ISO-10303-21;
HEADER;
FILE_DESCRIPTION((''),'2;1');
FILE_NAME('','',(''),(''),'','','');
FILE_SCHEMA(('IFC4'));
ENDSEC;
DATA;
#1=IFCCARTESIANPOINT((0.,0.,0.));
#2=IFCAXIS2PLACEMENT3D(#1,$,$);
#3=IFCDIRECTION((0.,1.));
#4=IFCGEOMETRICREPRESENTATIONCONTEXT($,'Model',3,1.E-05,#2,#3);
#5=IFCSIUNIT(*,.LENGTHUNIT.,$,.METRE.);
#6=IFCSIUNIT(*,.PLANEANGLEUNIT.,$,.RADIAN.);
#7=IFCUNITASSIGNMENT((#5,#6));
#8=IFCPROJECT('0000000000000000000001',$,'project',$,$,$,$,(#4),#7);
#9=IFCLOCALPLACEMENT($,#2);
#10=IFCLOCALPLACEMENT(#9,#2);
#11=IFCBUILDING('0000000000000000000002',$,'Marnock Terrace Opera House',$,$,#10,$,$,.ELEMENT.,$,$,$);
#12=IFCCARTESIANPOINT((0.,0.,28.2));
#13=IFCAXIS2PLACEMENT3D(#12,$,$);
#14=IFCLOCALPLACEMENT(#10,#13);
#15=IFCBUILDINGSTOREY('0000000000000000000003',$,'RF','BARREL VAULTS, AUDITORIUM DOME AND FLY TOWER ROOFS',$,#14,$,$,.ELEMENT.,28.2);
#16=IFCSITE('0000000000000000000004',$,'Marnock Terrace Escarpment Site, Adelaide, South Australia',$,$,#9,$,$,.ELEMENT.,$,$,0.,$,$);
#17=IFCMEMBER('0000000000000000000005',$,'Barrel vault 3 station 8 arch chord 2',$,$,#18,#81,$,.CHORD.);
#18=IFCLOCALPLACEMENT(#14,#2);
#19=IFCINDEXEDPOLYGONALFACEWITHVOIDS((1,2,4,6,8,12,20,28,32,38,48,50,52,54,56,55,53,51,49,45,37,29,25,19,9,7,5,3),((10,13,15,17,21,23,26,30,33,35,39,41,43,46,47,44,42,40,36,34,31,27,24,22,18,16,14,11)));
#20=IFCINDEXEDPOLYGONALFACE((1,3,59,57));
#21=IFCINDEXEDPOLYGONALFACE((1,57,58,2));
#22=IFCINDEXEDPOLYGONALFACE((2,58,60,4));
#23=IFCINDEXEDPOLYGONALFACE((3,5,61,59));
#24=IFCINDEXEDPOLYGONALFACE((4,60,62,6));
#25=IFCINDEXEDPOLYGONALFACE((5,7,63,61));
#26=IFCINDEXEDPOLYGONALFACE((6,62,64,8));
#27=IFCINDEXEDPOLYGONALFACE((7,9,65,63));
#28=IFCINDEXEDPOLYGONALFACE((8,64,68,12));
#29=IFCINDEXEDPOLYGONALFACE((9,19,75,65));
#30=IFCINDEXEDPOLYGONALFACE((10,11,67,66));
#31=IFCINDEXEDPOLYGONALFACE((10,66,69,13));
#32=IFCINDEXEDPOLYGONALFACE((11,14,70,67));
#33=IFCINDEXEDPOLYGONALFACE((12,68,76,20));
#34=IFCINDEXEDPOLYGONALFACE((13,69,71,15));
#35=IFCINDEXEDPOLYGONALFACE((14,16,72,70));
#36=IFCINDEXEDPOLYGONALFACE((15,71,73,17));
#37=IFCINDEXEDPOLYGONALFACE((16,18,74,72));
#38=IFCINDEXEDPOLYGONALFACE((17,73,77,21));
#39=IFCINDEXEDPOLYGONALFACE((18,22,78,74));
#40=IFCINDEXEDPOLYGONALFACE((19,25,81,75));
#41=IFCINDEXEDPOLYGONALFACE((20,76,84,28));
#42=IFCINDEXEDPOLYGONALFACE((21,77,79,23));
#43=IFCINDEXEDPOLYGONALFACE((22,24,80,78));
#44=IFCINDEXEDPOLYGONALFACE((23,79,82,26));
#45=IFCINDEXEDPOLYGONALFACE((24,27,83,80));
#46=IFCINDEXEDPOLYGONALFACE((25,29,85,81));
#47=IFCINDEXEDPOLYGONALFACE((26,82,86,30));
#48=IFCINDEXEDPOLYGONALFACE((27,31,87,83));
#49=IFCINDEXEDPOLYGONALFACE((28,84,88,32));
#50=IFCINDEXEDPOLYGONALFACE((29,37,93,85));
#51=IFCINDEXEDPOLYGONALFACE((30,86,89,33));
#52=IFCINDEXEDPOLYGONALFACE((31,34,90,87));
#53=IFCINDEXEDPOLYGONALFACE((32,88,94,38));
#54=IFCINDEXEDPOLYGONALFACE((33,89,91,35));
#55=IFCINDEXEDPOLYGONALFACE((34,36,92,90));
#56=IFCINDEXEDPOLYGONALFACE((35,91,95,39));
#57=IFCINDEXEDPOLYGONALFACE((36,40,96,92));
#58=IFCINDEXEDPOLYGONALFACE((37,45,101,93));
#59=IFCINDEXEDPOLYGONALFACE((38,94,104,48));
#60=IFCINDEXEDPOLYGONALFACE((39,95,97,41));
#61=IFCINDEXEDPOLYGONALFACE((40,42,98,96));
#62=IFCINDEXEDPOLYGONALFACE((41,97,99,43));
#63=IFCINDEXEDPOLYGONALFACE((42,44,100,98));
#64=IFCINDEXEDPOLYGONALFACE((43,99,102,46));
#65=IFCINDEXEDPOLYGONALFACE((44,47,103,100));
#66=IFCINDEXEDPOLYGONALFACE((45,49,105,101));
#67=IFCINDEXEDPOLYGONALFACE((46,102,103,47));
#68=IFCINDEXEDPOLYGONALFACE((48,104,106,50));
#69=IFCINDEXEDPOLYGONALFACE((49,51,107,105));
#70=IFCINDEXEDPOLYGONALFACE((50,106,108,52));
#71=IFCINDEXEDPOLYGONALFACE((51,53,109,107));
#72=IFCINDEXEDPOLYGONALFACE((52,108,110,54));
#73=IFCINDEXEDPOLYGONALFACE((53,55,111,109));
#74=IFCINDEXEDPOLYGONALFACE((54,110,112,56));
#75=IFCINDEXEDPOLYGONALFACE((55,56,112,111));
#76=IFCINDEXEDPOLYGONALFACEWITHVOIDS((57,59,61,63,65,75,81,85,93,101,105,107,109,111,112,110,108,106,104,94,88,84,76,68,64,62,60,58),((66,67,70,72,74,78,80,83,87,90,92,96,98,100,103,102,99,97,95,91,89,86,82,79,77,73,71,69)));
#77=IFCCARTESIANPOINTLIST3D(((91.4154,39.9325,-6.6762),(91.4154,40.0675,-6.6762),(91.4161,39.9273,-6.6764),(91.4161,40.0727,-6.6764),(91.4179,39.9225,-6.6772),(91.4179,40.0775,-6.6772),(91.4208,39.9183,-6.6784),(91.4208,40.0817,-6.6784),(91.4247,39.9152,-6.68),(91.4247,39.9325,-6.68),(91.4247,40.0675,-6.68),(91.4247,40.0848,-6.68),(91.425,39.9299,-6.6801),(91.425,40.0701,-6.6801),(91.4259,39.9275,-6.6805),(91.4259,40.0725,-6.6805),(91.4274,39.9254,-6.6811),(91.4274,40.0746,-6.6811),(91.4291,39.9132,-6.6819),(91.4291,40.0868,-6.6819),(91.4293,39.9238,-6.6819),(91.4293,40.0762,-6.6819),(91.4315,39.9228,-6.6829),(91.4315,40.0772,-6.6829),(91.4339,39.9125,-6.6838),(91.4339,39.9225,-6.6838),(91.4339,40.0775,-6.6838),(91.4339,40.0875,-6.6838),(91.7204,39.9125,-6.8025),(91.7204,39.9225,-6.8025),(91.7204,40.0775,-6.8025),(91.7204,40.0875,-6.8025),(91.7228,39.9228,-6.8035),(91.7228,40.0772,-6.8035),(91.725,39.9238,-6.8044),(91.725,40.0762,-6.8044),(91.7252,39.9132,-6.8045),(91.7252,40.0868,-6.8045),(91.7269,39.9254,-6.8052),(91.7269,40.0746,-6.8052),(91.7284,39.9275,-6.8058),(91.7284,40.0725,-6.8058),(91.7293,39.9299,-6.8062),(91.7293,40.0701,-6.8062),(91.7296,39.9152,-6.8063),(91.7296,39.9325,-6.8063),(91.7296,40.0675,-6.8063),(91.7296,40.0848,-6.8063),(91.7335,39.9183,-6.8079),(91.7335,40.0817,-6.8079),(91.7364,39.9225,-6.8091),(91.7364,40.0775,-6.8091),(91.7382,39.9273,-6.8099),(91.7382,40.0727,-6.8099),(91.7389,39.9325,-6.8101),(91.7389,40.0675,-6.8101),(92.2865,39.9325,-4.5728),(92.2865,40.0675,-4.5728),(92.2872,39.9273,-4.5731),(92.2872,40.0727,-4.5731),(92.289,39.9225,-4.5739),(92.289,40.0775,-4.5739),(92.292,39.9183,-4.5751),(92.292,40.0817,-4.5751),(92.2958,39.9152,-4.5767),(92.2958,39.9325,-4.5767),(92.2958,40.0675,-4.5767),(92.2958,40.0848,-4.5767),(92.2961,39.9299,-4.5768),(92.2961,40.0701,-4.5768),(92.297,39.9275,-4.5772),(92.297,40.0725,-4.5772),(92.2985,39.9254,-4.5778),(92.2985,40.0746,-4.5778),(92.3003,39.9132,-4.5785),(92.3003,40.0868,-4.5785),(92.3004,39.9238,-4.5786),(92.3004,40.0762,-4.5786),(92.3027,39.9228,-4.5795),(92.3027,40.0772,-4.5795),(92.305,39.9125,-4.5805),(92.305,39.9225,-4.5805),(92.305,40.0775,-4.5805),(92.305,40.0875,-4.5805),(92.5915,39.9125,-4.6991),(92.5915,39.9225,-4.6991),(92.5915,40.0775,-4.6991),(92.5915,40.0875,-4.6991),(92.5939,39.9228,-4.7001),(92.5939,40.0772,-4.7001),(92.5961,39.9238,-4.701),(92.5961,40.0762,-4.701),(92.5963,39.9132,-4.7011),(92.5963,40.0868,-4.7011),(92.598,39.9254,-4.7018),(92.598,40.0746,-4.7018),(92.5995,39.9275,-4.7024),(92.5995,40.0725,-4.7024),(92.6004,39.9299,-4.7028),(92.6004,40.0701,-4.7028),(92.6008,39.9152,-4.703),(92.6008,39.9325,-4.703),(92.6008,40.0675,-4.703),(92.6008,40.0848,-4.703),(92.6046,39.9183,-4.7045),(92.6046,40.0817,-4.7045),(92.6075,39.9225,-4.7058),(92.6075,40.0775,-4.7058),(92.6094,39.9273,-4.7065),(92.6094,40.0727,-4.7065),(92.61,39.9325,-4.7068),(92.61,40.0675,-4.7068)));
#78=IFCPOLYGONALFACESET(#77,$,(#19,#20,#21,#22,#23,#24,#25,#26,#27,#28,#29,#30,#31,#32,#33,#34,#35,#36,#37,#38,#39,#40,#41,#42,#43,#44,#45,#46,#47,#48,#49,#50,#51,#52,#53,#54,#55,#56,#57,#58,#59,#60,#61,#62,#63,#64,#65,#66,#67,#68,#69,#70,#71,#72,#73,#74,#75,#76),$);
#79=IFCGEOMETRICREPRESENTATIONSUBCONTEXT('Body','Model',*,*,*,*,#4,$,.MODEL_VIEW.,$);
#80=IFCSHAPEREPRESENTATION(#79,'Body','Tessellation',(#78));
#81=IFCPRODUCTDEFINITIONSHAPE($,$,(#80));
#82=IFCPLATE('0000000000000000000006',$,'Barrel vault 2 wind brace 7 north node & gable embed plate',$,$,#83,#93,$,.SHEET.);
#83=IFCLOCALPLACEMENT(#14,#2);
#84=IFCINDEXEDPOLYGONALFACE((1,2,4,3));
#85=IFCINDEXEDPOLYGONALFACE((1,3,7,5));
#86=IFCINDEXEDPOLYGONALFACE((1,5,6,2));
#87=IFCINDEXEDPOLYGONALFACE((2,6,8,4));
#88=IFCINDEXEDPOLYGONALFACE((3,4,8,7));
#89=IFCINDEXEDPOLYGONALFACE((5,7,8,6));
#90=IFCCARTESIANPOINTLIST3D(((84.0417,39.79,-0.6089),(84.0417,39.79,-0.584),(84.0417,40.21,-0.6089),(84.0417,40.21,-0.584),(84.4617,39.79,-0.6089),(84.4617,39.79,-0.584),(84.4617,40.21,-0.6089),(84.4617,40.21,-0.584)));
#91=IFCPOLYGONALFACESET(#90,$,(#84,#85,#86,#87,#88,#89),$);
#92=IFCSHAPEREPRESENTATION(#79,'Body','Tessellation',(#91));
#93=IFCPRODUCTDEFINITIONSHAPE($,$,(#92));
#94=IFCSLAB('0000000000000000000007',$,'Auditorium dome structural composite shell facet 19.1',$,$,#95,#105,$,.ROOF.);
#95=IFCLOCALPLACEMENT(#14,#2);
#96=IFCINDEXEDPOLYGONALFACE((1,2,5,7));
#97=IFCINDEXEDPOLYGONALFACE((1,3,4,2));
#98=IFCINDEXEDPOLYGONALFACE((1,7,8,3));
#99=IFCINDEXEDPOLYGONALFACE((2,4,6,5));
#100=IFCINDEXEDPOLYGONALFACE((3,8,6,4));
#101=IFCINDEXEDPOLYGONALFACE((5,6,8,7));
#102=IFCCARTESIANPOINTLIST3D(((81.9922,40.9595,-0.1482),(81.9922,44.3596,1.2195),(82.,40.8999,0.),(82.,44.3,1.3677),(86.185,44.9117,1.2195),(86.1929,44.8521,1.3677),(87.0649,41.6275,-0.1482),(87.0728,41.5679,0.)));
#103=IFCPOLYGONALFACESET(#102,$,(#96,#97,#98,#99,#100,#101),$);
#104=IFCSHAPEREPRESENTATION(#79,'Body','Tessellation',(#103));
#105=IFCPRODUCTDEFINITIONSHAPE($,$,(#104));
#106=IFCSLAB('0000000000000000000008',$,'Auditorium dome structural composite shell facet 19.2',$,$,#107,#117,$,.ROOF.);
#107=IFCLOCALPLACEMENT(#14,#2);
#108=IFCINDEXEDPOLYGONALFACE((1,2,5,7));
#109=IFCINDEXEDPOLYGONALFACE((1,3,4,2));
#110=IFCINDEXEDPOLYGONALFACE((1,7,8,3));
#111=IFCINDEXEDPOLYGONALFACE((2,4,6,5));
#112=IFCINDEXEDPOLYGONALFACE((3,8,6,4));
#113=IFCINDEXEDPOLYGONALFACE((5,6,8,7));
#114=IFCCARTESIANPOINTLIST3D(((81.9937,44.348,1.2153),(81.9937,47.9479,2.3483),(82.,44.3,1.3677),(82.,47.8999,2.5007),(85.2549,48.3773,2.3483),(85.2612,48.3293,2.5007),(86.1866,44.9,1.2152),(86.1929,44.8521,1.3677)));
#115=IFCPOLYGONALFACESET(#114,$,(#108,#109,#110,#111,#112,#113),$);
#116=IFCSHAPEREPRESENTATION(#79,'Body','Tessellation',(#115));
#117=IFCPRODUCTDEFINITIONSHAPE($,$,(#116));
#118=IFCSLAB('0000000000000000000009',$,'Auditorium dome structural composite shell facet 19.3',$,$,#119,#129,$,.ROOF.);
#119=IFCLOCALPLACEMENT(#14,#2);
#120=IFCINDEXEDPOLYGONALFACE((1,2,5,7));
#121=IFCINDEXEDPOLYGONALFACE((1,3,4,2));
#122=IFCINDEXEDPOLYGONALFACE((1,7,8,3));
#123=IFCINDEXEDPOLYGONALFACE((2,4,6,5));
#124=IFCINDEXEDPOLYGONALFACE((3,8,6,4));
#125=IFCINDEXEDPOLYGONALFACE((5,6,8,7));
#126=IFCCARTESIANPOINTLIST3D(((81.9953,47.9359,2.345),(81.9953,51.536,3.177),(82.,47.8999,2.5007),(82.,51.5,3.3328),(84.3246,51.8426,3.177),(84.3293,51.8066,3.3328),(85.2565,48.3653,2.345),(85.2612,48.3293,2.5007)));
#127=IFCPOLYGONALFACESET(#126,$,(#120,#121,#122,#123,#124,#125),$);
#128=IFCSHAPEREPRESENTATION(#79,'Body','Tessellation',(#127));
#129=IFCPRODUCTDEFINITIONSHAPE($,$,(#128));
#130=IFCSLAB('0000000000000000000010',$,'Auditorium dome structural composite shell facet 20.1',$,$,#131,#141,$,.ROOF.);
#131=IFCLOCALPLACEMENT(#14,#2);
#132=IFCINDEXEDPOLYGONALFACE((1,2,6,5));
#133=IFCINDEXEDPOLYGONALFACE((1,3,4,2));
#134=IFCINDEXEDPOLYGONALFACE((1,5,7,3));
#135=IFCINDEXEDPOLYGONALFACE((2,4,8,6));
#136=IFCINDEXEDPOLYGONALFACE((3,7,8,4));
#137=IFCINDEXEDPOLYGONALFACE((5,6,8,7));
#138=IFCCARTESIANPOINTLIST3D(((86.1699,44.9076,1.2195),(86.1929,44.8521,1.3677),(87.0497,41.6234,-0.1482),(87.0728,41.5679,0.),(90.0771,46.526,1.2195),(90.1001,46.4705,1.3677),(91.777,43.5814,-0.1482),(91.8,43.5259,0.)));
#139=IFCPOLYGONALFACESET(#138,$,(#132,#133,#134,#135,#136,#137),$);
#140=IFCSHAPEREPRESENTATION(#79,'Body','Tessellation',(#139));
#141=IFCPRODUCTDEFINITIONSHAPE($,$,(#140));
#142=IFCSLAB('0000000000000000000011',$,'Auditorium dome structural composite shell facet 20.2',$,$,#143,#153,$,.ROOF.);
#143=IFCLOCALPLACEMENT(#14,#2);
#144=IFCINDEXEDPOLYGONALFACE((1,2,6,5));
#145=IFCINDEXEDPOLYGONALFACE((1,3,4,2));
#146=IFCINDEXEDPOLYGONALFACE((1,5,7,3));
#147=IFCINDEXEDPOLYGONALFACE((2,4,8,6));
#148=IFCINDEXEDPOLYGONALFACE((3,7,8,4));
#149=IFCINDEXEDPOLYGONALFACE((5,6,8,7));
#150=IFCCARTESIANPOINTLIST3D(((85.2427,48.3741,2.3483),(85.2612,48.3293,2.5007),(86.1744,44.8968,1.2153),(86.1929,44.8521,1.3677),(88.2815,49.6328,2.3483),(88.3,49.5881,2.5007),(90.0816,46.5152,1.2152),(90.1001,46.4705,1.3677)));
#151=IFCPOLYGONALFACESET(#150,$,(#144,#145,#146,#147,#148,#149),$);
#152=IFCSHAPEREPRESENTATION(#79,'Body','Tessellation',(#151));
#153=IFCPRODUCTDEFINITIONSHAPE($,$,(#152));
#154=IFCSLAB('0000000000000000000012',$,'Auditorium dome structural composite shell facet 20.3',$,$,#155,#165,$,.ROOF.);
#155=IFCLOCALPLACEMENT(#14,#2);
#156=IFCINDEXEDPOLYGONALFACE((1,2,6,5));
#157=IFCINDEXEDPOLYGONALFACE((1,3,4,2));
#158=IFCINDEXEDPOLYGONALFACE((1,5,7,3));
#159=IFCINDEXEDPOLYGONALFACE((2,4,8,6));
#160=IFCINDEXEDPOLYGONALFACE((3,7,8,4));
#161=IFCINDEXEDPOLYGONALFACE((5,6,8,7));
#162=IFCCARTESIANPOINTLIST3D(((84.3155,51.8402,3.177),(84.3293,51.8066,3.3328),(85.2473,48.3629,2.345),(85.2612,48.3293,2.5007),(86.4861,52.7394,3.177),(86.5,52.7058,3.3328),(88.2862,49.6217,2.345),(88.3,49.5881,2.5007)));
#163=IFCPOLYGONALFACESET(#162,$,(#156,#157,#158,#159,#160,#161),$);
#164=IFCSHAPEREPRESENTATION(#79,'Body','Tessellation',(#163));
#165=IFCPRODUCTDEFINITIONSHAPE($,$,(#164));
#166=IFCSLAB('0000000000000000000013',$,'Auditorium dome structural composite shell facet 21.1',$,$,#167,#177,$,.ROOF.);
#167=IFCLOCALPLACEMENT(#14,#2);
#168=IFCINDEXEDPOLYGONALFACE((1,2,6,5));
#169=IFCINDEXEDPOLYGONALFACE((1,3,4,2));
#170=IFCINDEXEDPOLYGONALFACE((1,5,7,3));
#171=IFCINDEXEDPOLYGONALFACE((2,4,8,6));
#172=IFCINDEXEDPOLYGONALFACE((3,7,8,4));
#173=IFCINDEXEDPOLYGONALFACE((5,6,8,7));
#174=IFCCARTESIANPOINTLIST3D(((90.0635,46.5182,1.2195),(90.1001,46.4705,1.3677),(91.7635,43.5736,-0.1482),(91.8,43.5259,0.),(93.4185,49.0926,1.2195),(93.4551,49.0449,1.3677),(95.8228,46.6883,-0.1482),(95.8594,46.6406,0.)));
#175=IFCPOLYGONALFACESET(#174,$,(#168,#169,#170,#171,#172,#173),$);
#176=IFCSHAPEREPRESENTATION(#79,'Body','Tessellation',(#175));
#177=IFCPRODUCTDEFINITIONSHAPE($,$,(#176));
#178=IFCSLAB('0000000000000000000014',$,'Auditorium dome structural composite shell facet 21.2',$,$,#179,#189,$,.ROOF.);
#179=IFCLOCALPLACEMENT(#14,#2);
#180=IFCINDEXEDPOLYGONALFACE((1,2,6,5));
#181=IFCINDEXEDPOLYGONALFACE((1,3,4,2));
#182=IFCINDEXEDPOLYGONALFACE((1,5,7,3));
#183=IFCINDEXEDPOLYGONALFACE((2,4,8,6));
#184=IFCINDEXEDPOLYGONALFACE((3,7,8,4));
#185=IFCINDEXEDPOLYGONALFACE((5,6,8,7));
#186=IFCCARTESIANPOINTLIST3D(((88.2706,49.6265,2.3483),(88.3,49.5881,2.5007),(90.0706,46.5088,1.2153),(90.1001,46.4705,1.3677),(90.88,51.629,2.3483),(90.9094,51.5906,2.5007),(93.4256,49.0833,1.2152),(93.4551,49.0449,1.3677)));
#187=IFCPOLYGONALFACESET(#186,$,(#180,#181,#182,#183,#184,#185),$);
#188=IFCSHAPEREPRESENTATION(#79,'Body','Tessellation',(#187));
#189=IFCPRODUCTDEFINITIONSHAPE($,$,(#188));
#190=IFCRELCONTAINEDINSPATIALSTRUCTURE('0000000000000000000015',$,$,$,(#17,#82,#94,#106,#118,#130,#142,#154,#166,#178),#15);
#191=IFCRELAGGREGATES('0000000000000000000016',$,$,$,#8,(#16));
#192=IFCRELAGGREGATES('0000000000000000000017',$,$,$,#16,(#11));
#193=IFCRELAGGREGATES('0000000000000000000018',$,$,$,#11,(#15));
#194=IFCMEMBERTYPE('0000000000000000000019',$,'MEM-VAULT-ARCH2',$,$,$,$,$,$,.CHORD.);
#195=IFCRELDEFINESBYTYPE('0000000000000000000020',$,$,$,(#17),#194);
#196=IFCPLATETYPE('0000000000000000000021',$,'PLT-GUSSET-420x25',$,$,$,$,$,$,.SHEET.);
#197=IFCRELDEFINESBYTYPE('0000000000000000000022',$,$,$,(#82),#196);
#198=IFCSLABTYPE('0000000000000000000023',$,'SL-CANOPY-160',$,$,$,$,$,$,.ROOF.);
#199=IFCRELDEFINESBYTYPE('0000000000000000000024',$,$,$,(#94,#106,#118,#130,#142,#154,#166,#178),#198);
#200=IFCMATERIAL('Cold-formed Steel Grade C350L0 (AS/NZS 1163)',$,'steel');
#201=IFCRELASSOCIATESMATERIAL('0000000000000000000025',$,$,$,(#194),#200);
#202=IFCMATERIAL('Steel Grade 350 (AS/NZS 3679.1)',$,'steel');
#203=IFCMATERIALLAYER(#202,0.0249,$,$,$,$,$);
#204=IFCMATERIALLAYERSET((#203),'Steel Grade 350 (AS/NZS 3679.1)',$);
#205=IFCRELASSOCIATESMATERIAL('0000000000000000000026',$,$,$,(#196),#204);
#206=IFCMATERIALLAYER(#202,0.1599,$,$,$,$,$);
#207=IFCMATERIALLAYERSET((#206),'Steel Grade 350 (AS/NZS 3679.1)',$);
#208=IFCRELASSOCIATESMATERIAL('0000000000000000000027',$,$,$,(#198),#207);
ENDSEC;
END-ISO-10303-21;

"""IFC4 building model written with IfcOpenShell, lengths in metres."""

from ifc_helpers import new_model, si_unit, direction, frame, origin, origin_2d, place, context, subcontext, project, spatial, polyline, rectangle, hollow_rectangle, outline, extrude, material, layer, layer_set, material_profile, profile_set, type_object, element, save


model = new_model("IFC4")

# Units and contexts
model_context = context("Model", 3, precision=1e-05, world=origin(), true_north=direction((0.0, 1.0)))
body_context = subcontext(model_context, "Body", "Model", "MODEL_VIEW")
ifc_project = project(units=[si_unit("LENGTHUNIT", "METRE"), si_unit("PLANEANGLEUNIT", "RADIAN")], contexts=[model_context])

# Site, building, storey
site_placement = place(None, origin())
site = spatial("IfcSite", under=ifc_project, at=site_placement, Name="Marnock Terrace Escarpment Site, Adelaide, South Australia", CompositionType="ELEMENT", RefElevation=0.0)
building_placement = place(site_placement, origin())
building = spatial("IfcBuilding", under=site, at=building_placement, Name="Marnock Terrace Opera House", CompositionType="ELEMENT")
storey_placement = place(building_placement, frame((0.0, 0.0, 28.2)))
storey = spatial("IfcBuildingStorey", under=building, at=storey_placement, Name="RF", Description="BARREL VAULTS, AUDITORIUM DOME AND FLY TOWER ROOFS", CompositionType="ELEMENT", Elevation=28.2)

# Shared definitions
ifc_material_1 = material(Name="Steel Grade 350 (AS/NZS 3679.1)", Category="steel")

# Member
ifc_material_2 = material(Name="Cold-formed Steel Grade C350L0 (AS/NZS 1163)", Category="steel")
ifc_material_profile_1 = material_profile(ifc_material_2, hollow_rectangle(XDim=0.175, YDim=0.3501, WallThickness=0.01, InnerFilletRadius=0.01, OuterFilletRadius=0.02, at=origin_2d()))
ifc_profile_set_1 = profile_set([ifc_material_profile_1], Name="Cold-formed Steel Grade C350L0 (AS/NZS 1163)")
member_type_1 = type_object("IfcMemberType", Name="MEM-VAULT-ARCH2", PredefinedType="CHORD", material=ifc_profile_set_1)
member_1_placement = place(storey_placement, frame((91.5771, 40.0, -6.7432), z_axis=(0.382642, 0.0, 0.923897), x_axis=(0.0, 1.0, 0.0)))
element("IfcMember", 1, at=member_1_placement, inside=storey, type_object=member_type_1, Name="Barrel vault 3 station 8 arch chord 2", PredefinedType="CHORD", context=body_context, shape_type="SweptSolid", body=[
    extrude(hollow_rectangle(XDim=0.175, YDim=0.3501, WallThickness=0.01, InnerFilletRadius=0.01, OuterFilletRadius=0.02, at=origin_2d()), origin(), (0.0, 0.0, 1.0), 2.2766),
])

# Plate
ifc_layer_1 = layer(ifc_material_1, 0.0249)
ifc_layer_set_1 = layer_set([ifc_layer_1], Name="Steel Grade 350 (AS/NZS 3679.1)")
plate_type = type_object("IfcPlateType", Name="PLT-GUSSET-420x25", PredefinedType="SHEET", material=ifc_layer_set_1)
plate_placement = place(storey_placement, frame((84.2517, 40.0, -0.6089), z_axis=(0.0, 0.0, 1.0), x_axis=(1.0, 0.0, 0.0)))
element("IfcPlate", 2, at=plate_placement, inside=storey, type_object=plate_type, Name="Barrel vault 2 wind brace 7 north node & gable embed plate", PredefinedType="SHEET", context=body_context, shape_type="SweptSolid", body=[
    extrude(rectangle(XDim=0.4199, YDim=0.4199, at=origin_2d()), origin(), (0.0, 0.0, 1.0), 0.0249),
])

# Slabs
ifc_layer_2 = layer(ifc_material_1, 0.1599)
ifc_layer_set_2 = layer_set([ifc_layer_2], Name="Steel Grade 350 (AS/NZS 3679.1)")
slab_type = type_object("IfcSlabType", Name="SL-CANOPY-160", PredefinedType="ROOF", material=ifc_layer_set_2)
slab_1_placement = place(storey_placement, frame((82.0, 40.8999, 0.0), z_axis=(0.049077, -0.372738, 0.926638), x_axis=(0.991442, 0.130549, 0.000004)))
element("IfcSlab", 3, at=slab_1_placement, inside=storey, type_object=slab_type, Name="Auditorium dome structural composite shell facet 19.1", PredefinedType="ROOF", context=body_context, shape_type="SweptSolid", body=[
    extrude(outline(polyline([(0.0, 0.0), (5.1165, 0.0), (4.6729, 3.6378), (0.4439, 3.6379), (0.0, 0.0)])), origin(), (0.0, 0.0, -1.0), 0.1599),
])
slab_2_placement = place(storey_placement, frame((82.0, 44.3, 1.3677), z_axis=(0.039498, -0.299992, 0.953124), x_axis=(0.991445, 0.130527, -0.000004)))
element("IfcSlab", 4, at=slab_2_placement, inside=storey, type_object=slab_type, Name="Auditorium dome structural composite shell facet 19.2", PredefinedType="ROOF", context=body_context, shape_type="SweptSolid", body=[
    extrude(outline(polyline([(0.0, 0.0), (4.2291, 0.0), (3.7593, 3.7447), (0.4699, 3.7446), (0.0, 0.0)])), origin(), (0.0, 0.0, -1.0), 0.1599),
])
slab_3_placement = place(storey_placement, frame((82.0, 47.8999, 2.5007), z_axis=(0.029635, -0.225082, 0.973889), x_axis=(0.991441, 0.130554, 0.000004)))
element("IfcSlab", 5, at=slab_3_placement, inside=storey, type_object=slab_type, Name="Auditorium dome structural composite shell facet 19.3", PredefinedType="ROOF", context=body_context, shape_type="SweptSolid", body=[
    extrude(outline(polyline([(0.0, 0.0), (3.2894, 0.0), (2.8195, 3.6649), (0.47, 3.665), (0.0, 0.0)])), origin(), (0.0, 0.0, -1.0), 0.1599),
])
slab_4_placement = place(storey_placement, frame((87.0728, 41.5679, 0.0), z_axis=(0.143869, -0.347343, 0.926636), x_axis=(0.923886, 0.382667, -0.000002)))
element("IfcSlab", 6, at=slab_4_placement, inside=storey, type_object=slab_type, Name="Auditorium dome structural composite shell facet 20.1", PredefinedType="ROOF", context=body_context, shape_type="SweptSolid", body=[
    extrude(outline(polyline([(0.0, 0.0), (5.1167, 0.0), (4.673, 3.6379), (0.4438, 3.6378), (0.0, 0.0)])), origin(), (0.0, 0.0, -1.0), 0.1599),
])
slab_5_placement = place(storey_placement, frame((86.1929, 44.8521, 1.3677), z_axis=(0.115793, -0.279543, 0.953125), x_axis=(0.923881, 0.382681, -0.000003)))
element("IfcSlab", 7, at=slab_5_placement, inside=storey, type_object=slab_type, Name="Auditorium dome structural composite shell facet 20.2", PredefinedType="ROOF", context=body_context, shape_type="SweptSolid", body=[
    extrude(outline(polyline([(0.0, 0.0), (4.2291, 0.0), (3.7592, 3.7447), (0.47, 3.7447), (0.0, 0.0)])), origin(), (0.0, 0.0, -1.0), 0.1599),
])
slab_6_placement = place(storey_placement, frame((85.2612, 48.3293, 2.5007), z_axis=(0.086884, -0.209743, 0.973889), x_axis=(0.923872, 0.382701, 0.0)))
element("IfcSlab", 8, at=slab_6_placement, inside=storey, type_object=slab_type, Name="Auditorium dome structural composite shell facet 20.3", PredefinedType="ROOF", context=body_context, shape_type="SweptSolid", body=[
    extrude(outline(polyline([(0.0, 0.0), (3.2892, 0.0), (2.8193, 3.6649), (0.4698, 3.6649), (0.0, 0.0)])), origin(), (0.0, 0.0, -1.0), 0.1599),
])
slab_7_placement = place(storey_placement, frame((91.8, 43.5259, 0.0), z_axis=(0.228865, -0.298262, 0.926639), x_axis=(0.79336, 0.608753, -0.000005)))
element("IfcSlab", 9, at=slab_7_placement, inside=storey, type_object=slab_type, Name="Auditorium dome structural composite shell facet 21.1", PredefinedType="ROOF", context=body_context, shape_type="SweptSolid", body=[
    extrude(outline(polyline([(0.0, 0.0), (5.1166, 0.0), (4.6728, 3.638), (0.4438, 3.6378), (0.0, 0.0)])), origin(), (0.0, 0.0, -1.0), 0.1599),
])
slab_8_placement = place(storey_placement, frame((90.1001, 46.4705, 1.3677), z_axis=(0.1842, -0.240038, 0.953127), x_axis=(0.793342, 0.608777, -0.000004)))
element("IfcSlab", 10, at=slab_8_placement, inside=storey, type_object=slab_type, Name="Auditorium dome structural composite shell facet 21.2", PredefinedType="ROOF", context=body_context, shape_type="SweptSolid", body=[
    extrude(outline(polyline([(0.0, 0.0), (4.2289, 0.0), (3.7591, 3.7448), (0.4699, 3.7447), (0.0, 0.0)])), origin(), (0.0, 0.0, -1.0), 0.1599),
])

save(model, "model.ifc")
